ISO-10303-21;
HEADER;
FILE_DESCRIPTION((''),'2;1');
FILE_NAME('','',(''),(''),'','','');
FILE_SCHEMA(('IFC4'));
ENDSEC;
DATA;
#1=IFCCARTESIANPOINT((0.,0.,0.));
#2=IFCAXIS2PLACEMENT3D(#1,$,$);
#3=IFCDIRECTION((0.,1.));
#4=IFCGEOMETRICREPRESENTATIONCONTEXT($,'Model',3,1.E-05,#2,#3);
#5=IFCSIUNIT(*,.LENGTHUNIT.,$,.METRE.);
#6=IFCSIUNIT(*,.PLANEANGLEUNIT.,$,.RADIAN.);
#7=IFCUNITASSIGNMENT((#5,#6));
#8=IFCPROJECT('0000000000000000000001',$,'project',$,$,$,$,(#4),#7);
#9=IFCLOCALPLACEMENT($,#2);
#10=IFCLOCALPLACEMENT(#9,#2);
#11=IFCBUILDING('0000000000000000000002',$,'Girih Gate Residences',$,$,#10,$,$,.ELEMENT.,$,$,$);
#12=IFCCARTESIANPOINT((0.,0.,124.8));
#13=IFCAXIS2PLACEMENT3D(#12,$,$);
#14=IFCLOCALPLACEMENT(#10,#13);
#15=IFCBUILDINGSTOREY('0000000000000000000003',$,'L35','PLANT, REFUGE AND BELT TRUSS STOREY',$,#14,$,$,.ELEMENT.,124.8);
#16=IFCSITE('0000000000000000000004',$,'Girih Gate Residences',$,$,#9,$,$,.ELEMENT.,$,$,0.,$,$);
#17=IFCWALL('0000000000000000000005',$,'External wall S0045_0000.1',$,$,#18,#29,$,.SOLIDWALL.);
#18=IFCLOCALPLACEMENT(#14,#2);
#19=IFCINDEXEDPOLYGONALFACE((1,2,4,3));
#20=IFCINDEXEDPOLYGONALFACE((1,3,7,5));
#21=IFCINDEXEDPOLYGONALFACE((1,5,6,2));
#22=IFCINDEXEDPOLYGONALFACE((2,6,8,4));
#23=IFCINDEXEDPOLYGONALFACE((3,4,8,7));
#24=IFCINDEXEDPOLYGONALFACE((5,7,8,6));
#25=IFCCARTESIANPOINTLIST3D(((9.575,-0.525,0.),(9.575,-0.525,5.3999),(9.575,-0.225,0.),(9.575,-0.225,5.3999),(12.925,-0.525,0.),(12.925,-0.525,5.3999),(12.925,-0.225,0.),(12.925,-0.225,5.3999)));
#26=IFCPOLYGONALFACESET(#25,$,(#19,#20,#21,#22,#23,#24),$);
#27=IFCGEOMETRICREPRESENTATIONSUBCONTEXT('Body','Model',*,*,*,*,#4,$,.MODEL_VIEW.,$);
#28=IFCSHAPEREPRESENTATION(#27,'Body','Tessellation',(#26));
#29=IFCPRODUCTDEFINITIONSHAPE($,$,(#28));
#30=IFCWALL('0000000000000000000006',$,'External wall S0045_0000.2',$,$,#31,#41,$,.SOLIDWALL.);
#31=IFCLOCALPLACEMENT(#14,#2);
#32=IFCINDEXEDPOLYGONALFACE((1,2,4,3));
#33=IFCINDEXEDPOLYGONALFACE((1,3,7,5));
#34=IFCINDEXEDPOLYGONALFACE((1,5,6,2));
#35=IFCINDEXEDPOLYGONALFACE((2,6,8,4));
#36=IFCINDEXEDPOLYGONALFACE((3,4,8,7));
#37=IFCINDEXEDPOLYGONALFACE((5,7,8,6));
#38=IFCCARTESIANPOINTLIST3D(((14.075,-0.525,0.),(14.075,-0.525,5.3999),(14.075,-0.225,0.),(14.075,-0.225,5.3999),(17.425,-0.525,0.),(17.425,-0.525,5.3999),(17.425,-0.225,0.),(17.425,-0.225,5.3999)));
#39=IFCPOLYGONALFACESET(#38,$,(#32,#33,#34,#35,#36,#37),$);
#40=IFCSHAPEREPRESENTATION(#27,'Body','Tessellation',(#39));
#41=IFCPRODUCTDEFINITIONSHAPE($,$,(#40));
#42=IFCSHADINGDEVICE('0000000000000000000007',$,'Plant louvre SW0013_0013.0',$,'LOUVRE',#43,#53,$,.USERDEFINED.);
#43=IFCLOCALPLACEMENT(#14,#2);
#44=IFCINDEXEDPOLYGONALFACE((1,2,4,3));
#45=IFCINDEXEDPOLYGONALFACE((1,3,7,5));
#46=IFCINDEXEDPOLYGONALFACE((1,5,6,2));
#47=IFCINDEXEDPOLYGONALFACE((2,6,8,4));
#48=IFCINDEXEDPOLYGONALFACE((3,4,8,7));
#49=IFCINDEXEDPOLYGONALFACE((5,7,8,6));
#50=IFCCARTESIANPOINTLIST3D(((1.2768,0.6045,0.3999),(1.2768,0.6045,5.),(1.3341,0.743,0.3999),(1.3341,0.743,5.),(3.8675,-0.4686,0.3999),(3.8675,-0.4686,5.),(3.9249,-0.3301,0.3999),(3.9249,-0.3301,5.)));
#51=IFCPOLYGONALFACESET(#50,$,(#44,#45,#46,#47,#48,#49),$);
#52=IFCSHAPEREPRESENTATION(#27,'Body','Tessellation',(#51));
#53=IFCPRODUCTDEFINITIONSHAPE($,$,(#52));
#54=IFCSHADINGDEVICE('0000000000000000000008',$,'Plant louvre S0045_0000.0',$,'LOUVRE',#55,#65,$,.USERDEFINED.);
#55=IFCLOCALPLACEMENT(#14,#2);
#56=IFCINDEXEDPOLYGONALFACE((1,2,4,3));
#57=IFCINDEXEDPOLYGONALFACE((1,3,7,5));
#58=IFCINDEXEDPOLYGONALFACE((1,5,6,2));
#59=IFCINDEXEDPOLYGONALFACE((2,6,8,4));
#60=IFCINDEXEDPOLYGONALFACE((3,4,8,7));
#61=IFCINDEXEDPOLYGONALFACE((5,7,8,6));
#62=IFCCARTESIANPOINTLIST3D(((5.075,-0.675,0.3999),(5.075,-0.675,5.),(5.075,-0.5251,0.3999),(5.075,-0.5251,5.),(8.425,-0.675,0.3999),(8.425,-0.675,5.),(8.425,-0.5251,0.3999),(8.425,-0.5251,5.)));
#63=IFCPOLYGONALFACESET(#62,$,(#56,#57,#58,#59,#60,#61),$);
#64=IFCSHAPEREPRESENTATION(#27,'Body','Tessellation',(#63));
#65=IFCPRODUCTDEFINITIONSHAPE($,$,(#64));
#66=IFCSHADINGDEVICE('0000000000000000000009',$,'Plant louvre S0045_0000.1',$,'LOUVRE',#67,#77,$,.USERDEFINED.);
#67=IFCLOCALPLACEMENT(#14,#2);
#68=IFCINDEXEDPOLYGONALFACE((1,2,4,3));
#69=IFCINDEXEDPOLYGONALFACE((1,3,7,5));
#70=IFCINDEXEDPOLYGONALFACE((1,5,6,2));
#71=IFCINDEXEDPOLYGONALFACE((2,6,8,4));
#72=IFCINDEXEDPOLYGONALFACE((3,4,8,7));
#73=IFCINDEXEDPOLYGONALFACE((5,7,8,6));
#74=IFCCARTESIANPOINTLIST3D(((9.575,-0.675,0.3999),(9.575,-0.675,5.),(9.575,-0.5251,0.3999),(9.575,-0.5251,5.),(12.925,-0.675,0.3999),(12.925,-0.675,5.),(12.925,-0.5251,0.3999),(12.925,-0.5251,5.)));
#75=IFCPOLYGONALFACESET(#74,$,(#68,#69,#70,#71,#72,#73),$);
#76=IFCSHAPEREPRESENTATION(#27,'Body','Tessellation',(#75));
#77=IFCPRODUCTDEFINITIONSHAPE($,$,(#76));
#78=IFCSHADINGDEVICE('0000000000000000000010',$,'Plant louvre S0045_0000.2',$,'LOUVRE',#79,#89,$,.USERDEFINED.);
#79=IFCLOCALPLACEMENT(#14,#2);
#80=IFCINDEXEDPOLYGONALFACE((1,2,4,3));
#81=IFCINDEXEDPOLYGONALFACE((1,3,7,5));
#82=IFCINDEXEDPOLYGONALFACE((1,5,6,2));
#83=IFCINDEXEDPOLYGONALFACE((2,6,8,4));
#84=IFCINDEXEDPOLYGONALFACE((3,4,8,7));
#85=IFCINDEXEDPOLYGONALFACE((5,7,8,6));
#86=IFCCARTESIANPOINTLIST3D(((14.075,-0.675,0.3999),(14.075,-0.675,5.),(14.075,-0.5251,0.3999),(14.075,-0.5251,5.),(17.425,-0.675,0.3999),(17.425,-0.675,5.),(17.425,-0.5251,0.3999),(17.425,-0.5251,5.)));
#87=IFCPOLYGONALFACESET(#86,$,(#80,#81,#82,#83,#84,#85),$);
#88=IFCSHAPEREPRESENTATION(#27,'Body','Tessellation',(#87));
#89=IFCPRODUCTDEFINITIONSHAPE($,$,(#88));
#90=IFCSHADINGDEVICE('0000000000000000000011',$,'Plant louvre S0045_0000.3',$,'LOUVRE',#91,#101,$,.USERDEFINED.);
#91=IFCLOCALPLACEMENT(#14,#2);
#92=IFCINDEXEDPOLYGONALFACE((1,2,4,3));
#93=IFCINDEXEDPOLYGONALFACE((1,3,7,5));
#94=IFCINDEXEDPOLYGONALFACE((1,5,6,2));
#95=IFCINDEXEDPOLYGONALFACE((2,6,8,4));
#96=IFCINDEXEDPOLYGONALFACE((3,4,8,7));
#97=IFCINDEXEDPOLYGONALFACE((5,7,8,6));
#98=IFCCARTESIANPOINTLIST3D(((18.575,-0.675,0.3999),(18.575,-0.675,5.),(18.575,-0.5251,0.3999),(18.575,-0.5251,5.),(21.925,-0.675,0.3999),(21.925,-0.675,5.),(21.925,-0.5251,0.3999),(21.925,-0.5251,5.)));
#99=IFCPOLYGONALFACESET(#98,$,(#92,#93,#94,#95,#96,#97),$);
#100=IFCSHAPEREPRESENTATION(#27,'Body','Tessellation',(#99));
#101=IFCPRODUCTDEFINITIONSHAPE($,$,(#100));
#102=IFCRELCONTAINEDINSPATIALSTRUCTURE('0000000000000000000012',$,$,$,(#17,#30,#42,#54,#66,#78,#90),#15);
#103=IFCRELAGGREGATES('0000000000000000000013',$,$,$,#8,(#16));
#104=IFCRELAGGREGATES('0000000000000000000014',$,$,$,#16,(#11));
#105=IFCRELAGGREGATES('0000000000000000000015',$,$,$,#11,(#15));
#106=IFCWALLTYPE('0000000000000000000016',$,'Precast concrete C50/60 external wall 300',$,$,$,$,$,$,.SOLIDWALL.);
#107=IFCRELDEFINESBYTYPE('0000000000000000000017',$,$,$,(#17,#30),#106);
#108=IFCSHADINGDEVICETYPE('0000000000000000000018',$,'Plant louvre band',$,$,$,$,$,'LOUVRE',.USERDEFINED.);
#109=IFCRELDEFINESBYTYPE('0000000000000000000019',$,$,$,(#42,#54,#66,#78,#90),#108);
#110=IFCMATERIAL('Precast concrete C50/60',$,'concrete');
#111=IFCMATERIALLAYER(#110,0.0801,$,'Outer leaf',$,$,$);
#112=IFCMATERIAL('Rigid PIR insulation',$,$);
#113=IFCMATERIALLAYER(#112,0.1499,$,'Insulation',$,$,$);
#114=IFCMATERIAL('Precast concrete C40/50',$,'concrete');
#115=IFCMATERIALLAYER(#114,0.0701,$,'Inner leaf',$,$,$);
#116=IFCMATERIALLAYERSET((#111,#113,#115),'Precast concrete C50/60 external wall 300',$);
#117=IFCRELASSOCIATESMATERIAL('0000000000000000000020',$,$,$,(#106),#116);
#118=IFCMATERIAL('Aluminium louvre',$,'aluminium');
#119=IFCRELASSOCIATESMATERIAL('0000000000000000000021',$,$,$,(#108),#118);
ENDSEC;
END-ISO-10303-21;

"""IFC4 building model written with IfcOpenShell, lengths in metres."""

from ifc_helpers import new_model, si_unit, direction, frame, frame_2d, origin, origin_2d, place, context, subcontext, project, spatial, rectangle, extrude, material, layer, layer_set, type_object, element, save


model = new_model("IFC4")

# Units and contexts
model_context = context("Model", 3, precision=1e-05, world=origin(), true_north=direction((0.0, 1.0)))
body_context = subcontext(model_context, "Body", "Model", "MODEL_VIEW")
ifc_project = project(units=[si_unit("LENGTHUNIT", "METRE"), si_unit("PLANEANGLEUNIT", "RADIAN")], contexts=[model_context])

# Site, building, storey
site_placement = place(None, origin())
site = spatial("IfcSite", under=ifc_project, at=site_placement, Name="Girih Gate Residences", CompositionType="ELEMENT", RefElevation=0.0)
building_placement = place(site_placement, origin())
building = spatial("IfcBuilding", under=site, at=building_placement, Name="Girih Gate Residences", CompositionType="ELEMENT")
storey_placement = place(building_placement, frame((0.0, 0.0, 124.8)))
storey = spatial("IfcBuildingStorey", under=building, at=storey_placement, Name="L35", Description="PLANT, REFUGE AND BELT TRUSS STOREY", CompositionType="ELEMENT", Elevation=124.8)

# Walls
ifc_material_1 = material(Name="Precast concrete C50/60", Category="concrete")
ifc_layer_1 = layer(ifc_material_1, 0.0801, Name="Outer leaf")
ifc_material_2 = material(Name="Rigid PIR insulation")
ifc_layer_2 = layer(ifc_material_2, 0.1499, Name="Insulation")
ifc_material_3 = material(Name="Precast concrete C40/50", Category="concrete")
ifc_layer_3 = layer(ifc_material_3, 0.0701, Name="Inner leaf")
ifc_layer_set_1 = layer_set([ifc_layer_1, ifc_layer_2, ifc_layer_3], Name="Precast concrete C50/60 external wall 300")
wall_type_1 = type_object("IfcWallType", Name="Precast concrete C50/60 external wall 300", PredefinedType="SOLIDWALL", material=ifc_layer_set_1)
for number, where, z_axis, x_axis, name in (
    (1, (12.925, -0.375, 0.0), (0.0, 0.0, 1.0), (-1.0, 0.0, 0.0), "External wall S0045_0000.1"),
    (2, (17.425, -0.375, 0.0), (0.0, 0.0, 1.0), (-1.0, 0.0, 0.0), "External wall S0045_0000.2"),
):
    element("IfcWall", number, at=place(storey_placement, frame(where, z_axis=z_axis, x_axis=x_axis)), inside=storey, type_object=wall_type_1, Name=name, PredefinedType="SOLIDWALL", context=body_context, shape_type="SweptSolid", body=[
        extrude(rectangle(XDim=3.3501, YDim=0.3, at=frame_2d((1.675, 0.0))), origin(), (0.0, 0.0, 1.0), 5.3999),
    ])

# Shading devices
ifc_material_4 = material(Name="Aluminium louvre", Category="aluminium")
shading_device_type = type_object("IfcShadingDeviceType", Name="Plant louvre band", ElementType="LOUVRE", PredefinedType="USERDEFINED", material=ifc_material_4)
shading_device_placement = place(storey_placement, frame((2.6008, 0.1372, 0.3999), z_axis=(0.0, 0.0, 1.0), x_axis=(0.92388, -0.382683, 0.0)))
element("IfcShadingDevice", 3, at=shading_device_placement, inside=storey, type_object=shading_device_type, Name="Plant louvre SW0013_0013.0", ObjectType="LOUVRE", PredefinedType="USERDEFINED", context=body_context, shape_type="SweptSolid", body=[
    extrude(rectangle(XDim=2.8042, YDim=0.1499, at=origin_2d()), origin(), (0.0, 0.0, 1.0), 4.6001),
])
for number, where, z_axis, x_axis, name in (
    (4, (6.75, -0.6001, 0.3999), (0.0, 0.0, 1.0), (1.0, 0.0, 0.0), "Plant louvre S0045_0000.0"),
    (5, (11.25, -0.6001, 0.3999), (0.0, 0.0, 1.0), (1.0, 0.0, 0.0), "Plant louvre S0045_0000.1"),
    (6, (15.75, -0.6001, 0.3999), (0.0, 0.0, 1.0), (1.0, 0.0, 0.0), "Plant louvre S0045_0000.2"),
    (7, (20.25, -0.6001, 0.3999), (0.0, 0.0, 1.0), (1.0, 0.0, 0.0), "Plant louvre S0045_0000.3"),
):
    element("IfcShadingDevice", number, at=place(storey_placement, frame(where, z_axis=z_axis, x_axis=x_axis)), inside=storey, type_object=shading_device_type, Name=name, ObjectType="LOUVRE", PredefinedType="USERDEFINED", context=body_context, shape_type="SweptSolid", body=[
        extrude(rectangle(XDim=3.3501, YDim=0.1499, at=origin_2d()), origin(), (0.0, 0.0, 1.0), 4.6001),
    ])

save(model, "model.ifc")
